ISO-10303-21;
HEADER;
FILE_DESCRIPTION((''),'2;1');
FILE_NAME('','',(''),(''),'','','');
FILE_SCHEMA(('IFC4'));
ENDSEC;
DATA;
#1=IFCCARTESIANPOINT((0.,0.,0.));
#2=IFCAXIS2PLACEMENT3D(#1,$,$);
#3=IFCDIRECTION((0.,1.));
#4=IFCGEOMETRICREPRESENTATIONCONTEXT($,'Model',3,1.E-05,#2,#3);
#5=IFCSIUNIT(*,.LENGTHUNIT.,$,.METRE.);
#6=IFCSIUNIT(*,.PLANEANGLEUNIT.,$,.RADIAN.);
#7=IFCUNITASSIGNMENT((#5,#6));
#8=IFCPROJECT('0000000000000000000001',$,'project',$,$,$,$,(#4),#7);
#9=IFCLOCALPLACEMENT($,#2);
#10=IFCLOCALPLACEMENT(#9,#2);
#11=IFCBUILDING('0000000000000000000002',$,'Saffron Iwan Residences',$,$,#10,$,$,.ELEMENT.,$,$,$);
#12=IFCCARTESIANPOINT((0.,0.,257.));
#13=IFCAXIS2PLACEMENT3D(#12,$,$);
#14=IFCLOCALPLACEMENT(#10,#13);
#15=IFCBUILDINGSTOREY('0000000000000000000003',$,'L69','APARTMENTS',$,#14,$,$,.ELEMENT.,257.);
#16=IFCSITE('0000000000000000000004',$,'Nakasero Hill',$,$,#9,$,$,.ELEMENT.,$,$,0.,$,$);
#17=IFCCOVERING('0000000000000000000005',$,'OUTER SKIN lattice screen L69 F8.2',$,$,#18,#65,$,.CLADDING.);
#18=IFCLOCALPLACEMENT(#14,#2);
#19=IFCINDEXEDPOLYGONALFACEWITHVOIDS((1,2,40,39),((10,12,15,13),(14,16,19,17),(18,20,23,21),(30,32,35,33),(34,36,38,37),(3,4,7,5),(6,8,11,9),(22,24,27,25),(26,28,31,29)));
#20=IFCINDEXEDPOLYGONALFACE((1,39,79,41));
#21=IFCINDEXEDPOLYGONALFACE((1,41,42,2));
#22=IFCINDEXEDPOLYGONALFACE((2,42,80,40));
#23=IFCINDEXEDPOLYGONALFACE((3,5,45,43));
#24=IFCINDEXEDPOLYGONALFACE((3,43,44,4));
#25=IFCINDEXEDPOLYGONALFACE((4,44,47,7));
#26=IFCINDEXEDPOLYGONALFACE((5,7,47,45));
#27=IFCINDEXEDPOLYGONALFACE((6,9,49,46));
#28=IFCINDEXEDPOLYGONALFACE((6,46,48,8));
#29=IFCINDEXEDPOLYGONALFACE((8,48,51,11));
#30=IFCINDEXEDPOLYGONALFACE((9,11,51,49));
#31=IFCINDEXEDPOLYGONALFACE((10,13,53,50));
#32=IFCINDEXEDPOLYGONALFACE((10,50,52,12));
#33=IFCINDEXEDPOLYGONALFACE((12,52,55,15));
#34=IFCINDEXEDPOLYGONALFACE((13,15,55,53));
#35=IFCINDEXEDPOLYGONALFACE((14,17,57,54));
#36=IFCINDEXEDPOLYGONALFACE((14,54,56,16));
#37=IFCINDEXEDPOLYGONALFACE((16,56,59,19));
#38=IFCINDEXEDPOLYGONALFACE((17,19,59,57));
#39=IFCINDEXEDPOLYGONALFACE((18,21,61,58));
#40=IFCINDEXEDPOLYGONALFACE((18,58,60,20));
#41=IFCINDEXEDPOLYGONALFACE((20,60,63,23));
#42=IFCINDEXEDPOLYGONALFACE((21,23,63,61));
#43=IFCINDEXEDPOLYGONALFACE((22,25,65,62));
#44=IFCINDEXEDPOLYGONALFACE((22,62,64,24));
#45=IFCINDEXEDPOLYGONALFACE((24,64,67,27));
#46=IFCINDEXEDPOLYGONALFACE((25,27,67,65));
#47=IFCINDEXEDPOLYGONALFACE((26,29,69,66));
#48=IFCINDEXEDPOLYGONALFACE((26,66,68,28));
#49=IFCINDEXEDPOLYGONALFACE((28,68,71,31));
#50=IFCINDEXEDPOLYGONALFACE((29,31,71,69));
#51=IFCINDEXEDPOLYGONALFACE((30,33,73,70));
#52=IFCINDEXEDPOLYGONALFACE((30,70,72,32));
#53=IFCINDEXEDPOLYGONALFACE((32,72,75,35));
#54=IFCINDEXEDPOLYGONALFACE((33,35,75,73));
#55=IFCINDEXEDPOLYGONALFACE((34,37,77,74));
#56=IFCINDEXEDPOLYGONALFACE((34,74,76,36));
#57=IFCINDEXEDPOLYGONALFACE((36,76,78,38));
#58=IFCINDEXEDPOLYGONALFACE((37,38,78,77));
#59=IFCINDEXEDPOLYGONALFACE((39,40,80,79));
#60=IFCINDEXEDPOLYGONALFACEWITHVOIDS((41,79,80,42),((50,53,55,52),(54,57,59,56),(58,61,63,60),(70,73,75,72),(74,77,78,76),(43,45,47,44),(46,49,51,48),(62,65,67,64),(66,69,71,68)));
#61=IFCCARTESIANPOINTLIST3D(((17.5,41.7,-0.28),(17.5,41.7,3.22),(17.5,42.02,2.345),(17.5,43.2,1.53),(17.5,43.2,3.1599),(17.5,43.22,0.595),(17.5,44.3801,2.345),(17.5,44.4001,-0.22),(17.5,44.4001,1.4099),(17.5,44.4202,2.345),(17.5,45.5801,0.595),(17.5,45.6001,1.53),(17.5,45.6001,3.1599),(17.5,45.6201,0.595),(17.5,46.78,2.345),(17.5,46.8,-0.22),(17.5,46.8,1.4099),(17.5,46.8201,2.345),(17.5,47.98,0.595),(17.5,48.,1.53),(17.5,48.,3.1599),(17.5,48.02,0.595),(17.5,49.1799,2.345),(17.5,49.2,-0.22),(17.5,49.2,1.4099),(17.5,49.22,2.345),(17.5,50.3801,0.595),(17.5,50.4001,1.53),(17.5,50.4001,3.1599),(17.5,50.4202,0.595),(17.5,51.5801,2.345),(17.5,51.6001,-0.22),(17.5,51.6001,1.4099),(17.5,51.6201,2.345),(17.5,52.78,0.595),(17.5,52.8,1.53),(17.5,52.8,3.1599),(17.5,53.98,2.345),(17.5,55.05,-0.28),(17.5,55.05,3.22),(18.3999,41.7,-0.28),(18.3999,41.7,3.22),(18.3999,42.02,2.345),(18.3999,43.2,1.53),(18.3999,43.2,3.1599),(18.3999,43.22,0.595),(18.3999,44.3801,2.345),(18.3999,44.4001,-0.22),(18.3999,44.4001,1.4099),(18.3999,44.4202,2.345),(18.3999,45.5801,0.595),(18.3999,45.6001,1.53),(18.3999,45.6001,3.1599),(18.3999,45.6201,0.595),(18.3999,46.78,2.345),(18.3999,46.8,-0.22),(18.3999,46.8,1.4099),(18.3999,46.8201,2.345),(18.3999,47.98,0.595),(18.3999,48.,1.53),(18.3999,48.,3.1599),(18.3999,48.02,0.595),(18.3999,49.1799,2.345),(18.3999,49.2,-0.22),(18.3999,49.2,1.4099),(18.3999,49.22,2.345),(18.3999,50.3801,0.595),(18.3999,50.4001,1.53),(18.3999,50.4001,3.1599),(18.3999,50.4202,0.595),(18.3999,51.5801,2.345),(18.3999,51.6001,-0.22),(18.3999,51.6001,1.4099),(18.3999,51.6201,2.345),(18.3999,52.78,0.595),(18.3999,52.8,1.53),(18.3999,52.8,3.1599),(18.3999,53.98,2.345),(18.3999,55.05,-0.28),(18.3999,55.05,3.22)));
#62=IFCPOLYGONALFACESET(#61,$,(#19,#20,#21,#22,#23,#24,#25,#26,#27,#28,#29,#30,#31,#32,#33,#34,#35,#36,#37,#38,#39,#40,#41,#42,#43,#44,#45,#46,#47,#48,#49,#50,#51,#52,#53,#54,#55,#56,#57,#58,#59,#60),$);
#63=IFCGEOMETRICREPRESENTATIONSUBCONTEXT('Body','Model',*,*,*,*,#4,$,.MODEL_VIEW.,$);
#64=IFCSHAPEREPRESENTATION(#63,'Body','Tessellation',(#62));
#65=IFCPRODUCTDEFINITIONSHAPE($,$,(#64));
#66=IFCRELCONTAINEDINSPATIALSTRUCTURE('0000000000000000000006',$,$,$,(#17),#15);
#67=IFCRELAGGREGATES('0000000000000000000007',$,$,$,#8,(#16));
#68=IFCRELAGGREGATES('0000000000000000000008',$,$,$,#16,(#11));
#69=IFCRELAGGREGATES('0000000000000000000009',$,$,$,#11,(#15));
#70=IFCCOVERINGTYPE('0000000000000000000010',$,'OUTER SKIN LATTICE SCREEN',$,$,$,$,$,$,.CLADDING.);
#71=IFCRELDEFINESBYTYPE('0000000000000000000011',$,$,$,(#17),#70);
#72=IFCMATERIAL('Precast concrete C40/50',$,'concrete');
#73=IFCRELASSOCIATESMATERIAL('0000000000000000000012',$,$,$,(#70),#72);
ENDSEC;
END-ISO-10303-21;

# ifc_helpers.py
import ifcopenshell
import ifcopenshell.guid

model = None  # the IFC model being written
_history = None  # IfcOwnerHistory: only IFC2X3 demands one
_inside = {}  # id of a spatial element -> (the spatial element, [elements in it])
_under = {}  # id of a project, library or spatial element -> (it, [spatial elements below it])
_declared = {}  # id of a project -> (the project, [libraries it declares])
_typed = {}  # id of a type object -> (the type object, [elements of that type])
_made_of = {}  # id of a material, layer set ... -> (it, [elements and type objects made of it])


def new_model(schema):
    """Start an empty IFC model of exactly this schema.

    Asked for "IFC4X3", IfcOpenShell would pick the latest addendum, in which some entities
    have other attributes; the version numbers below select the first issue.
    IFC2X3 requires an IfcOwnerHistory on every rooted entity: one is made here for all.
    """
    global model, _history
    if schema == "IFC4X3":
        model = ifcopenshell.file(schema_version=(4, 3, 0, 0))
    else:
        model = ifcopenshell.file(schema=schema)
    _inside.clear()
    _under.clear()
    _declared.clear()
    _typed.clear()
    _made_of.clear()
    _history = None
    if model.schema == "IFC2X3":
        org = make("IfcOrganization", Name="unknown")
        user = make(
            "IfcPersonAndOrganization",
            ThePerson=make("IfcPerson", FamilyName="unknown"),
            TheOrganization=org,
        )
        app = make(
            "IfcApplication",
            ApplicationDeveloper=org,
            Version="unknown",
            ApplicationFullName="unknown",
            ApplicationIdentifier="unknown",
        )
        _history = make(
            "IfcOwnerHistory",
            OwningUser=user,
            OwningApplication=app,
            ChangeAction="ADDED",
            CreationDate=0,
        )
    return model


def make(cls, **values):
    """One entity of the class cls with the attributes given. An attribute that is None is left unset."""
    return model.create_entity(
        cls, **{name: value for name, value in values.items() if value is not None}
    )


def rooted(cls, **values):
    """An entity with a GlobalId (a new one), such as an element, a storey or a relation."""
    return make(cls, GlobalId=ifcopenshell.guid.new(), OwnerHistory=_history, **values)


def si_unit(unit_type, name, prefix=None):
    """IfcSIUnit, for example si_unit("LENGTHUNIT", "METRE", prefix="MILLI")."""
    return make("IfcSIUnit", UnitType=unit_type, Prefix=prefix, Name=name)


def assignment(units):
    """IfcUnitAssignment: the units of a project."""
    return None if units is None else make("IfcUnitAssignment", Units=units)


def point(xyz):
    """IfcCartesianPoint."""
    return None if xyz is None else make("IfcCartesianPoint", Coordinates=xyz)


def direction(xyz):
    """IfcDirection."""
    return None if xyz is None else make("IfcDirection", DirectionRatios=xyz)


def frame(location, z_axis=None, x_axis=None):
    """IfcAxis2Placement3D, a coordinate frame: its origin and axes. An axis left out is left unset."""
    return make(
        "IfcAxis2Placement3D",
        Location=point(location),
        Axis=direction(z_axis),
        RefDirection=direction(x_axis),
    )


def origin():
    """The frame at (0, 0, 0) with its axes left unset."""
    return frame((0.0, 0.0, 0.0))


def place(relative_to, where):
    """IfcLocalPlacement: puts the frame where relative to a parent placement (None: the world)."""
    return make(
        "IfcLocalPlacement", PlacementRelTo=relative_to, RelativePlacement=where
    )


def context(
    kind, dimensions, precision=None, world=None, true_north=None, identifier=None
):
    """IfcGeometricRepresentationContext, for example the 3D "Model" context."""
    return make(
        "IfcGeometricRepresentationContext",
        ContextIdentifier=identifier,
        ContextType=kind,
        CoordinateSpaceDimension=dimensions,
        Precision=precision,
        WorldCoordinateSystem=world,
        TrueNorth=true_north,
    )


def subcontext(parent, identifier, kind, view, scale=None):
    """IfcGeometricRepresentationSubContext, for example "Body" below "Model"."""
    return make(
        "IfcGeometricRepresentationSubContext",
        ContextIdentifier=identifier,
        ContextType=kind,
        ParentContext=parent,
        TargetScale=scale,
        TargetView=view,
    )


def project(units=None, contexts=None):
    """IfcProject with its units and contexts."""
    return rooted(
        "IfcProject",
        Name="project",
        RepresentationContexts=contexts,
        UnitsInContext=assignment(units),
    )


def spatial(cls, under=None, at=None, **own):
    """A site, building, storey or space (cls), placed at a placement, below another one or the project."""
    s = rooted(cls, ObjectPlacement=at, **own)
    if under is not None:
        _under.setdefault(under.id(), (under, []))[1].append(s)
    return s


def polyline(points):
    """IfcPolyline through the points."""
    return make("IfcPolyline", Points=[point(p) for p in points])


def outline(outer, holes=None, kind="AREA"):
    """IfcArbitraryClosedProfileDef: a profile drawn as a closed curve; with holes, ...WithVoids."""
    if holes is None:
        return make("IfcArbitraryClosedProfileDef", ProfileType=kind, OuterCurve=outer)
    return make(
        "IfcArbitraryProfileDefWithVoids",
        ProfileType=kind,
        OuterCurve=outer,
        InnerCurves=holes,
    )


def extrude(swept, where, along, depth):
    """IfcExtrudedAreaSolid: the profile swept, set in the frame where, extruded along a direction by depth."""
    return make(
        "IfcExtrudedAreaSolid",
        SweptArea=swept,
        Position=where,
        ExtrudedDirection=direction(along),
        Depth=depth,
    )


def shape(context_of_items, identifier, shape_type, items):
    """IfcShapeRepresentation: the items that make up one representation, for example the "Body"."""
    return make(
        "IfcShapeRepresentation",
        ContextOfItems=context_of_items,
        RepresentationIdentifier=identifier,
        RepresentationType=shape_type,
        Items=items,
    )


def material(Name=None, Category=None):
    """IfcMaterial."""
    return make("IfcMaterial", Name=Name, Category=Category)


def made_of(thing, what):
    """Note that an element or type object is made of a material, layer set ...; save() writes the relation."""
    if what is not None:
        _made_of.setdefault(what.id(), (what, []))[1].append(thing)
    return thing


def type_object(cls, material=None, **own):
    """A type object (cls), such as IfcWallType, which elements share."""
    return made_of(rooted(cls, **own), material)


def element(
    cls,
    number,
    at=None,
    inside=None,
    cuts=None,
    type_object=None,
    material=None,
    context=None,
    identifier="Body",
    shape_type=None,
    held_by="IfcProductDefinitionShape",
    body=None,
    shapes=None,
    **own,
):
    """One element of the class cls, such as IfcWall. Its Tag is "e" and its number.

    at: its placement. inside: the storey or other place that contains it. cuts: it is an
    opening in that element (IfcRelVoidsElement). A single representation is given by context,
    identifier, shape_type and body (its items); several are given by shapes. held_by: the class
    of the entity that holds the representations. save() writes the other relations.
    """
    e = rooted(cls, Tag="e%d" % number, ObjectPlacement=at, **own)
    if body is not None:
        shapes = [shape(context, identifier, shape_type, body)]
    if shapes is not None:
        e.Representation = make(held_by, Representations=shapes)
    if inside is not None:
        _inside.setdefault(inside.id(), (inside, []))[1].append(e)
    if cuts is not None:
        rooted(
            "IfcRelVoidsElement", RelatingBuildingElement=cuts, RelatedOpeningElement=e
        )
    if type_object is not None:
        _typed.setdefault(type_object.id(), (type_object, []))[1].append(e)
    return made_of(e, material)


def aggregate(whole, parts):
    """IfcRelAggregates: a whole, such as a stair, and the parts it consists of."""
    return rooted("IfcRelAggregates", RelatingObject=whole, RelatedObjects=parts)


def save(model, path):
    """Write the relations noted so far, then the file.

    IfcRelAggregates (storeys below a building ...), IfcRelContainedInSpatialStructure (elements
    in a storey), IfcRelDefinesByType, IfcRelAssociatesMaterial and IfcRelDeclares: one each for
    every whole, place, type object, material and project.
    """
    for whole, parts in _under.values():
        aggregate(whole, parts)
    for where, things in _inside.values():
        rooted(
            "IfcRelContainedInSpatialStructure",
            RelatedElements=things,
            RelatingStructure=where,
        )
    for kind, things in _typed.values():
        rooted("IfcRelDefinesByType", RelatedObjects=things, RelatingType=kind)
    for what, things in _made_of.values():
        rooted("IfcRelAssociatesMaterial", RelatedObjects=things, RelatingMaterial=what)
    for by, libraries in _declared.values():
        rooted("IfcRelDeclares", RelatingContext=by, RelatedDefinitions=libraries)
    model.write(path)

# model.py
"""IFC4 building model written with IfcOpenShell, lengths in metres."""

from ifc_helpers import new_model, si_unit, direction, frame, origin, place, context, subcontext, project, spatial, polyline, outline, extrude, material, type_object, element, save


model = new_model("IFC4")

# Units and contexts
model_context = context("Model", 3, precision=1e-05, world=origin(), true_north=direction((0.0, 1.0)))
body_context = subcontext(model_context, "Body", "Model", "MODEL_VIEW")
ifc_project = project(units=[si_unit("LENGTHUNIT", "METRE"), si_unit("PLANEANGLEUNIT", "RADIAN")], contexts=[model_context])

# Site, building, storey
site_placement = place(None, origin())
site = spatial("IfcSite", under=ifc_project, at=site_placement, Name="Nakasero Hill", CompositionType="ELEMENT", RefElevation=0.0)
building_placement = place(site_placement, origin())
building = spatial("IfcBuilding", under=site, at=building_placement, Name="Saffron Iwan Residences", CompositionType="ELEMENT")
storey_placement = place(building_placement, frame((0.0, 0.0, 257.0)))
storey = spatial("IfcBuildingStorey", under=building, at=storey_placement, Name="L69", Description="APARTMENTS", CompositionType="ELEMENT", Elevation=257.0)

# Covering
ifc_material_1 = material(Name="Precast concrete C40/50", Category="concrete")
covering_type = type_object("IfcCoveringType", Name="OUTER SKIN LATTICE SCREEN", PredefinedType="CLADDING", material=ifc_material_1)
covering_placement = place(storey_placement, frame((18.3999, 55.05, -0.28), z_axis=(-1.0, 0.0, 0.0), x_axis=(0.0, -1.0, 0.0)))
element("IfcCovering", 1, at=covering_placement, inside=storey, type_object=covering_type, Name="OUTER SKIN lattice screen L69 F8.2", PredefinedType="CLADDING", context=body_context, shape_type="SweptSolid", body=[
    extrude(outline(polyline([(0.0, 0.0), (13.3501, 0.0), (13.3501, 3.5), (0.0, 3.5), (0.0, 0.0)]), holes=[polyline([(2.27, 0.875), (3.45, 0.0601), (4.6299, 0.875), (3.45, 1.6899), (2.27, 0.875)]), polyline([(4.6699, 0.875), (5.8501, 0.0601), (7.03, 0.875), (5.8501, 1.6899), (4.6699, 0.875)]), polyline([(7.0701, 0.875), (8.25, 0.0601), (9.4299, 0.875), (8.25, 1.6899), (7.0701, 0.875)]), polyline([(9.47, 0.875), (10.6499, 0.0601), (11.8301, 0.875), (10.6499, 1.6899), (9.47, 0.875)]), polyline([(1.0701, 2.625), (2.25, 1.8101), (3.4299, 2.625), (2.25, 3.4399), (1.0701, 2.625)]), polyline([(3.47, 2.625), (4.6499, 1.8101), (5.8301, 2.625), (4.6499, 3.4399), (3.47, 2.625)]), polyline([(5.8701, 2.625), (7.05, 1.8101), (8.23, 2.625), (7.05, 3.4399), (5.8701, 2.625)]), polyline([(8.27, 2.625), (9.45, 1.8101), (10.6299, 2.625), (9.45, 3.4399), (8.27, 2.625)]), polyline([(10.6699, 2.625), (11.8501, 1.8101), (13.03, 2.625), (11.8501, 3.4399), (10.6699, 2.625)])]), origin(), (0.0, 0.0, 1.0), 0.8999),
])

save(model, "model.ifc")
